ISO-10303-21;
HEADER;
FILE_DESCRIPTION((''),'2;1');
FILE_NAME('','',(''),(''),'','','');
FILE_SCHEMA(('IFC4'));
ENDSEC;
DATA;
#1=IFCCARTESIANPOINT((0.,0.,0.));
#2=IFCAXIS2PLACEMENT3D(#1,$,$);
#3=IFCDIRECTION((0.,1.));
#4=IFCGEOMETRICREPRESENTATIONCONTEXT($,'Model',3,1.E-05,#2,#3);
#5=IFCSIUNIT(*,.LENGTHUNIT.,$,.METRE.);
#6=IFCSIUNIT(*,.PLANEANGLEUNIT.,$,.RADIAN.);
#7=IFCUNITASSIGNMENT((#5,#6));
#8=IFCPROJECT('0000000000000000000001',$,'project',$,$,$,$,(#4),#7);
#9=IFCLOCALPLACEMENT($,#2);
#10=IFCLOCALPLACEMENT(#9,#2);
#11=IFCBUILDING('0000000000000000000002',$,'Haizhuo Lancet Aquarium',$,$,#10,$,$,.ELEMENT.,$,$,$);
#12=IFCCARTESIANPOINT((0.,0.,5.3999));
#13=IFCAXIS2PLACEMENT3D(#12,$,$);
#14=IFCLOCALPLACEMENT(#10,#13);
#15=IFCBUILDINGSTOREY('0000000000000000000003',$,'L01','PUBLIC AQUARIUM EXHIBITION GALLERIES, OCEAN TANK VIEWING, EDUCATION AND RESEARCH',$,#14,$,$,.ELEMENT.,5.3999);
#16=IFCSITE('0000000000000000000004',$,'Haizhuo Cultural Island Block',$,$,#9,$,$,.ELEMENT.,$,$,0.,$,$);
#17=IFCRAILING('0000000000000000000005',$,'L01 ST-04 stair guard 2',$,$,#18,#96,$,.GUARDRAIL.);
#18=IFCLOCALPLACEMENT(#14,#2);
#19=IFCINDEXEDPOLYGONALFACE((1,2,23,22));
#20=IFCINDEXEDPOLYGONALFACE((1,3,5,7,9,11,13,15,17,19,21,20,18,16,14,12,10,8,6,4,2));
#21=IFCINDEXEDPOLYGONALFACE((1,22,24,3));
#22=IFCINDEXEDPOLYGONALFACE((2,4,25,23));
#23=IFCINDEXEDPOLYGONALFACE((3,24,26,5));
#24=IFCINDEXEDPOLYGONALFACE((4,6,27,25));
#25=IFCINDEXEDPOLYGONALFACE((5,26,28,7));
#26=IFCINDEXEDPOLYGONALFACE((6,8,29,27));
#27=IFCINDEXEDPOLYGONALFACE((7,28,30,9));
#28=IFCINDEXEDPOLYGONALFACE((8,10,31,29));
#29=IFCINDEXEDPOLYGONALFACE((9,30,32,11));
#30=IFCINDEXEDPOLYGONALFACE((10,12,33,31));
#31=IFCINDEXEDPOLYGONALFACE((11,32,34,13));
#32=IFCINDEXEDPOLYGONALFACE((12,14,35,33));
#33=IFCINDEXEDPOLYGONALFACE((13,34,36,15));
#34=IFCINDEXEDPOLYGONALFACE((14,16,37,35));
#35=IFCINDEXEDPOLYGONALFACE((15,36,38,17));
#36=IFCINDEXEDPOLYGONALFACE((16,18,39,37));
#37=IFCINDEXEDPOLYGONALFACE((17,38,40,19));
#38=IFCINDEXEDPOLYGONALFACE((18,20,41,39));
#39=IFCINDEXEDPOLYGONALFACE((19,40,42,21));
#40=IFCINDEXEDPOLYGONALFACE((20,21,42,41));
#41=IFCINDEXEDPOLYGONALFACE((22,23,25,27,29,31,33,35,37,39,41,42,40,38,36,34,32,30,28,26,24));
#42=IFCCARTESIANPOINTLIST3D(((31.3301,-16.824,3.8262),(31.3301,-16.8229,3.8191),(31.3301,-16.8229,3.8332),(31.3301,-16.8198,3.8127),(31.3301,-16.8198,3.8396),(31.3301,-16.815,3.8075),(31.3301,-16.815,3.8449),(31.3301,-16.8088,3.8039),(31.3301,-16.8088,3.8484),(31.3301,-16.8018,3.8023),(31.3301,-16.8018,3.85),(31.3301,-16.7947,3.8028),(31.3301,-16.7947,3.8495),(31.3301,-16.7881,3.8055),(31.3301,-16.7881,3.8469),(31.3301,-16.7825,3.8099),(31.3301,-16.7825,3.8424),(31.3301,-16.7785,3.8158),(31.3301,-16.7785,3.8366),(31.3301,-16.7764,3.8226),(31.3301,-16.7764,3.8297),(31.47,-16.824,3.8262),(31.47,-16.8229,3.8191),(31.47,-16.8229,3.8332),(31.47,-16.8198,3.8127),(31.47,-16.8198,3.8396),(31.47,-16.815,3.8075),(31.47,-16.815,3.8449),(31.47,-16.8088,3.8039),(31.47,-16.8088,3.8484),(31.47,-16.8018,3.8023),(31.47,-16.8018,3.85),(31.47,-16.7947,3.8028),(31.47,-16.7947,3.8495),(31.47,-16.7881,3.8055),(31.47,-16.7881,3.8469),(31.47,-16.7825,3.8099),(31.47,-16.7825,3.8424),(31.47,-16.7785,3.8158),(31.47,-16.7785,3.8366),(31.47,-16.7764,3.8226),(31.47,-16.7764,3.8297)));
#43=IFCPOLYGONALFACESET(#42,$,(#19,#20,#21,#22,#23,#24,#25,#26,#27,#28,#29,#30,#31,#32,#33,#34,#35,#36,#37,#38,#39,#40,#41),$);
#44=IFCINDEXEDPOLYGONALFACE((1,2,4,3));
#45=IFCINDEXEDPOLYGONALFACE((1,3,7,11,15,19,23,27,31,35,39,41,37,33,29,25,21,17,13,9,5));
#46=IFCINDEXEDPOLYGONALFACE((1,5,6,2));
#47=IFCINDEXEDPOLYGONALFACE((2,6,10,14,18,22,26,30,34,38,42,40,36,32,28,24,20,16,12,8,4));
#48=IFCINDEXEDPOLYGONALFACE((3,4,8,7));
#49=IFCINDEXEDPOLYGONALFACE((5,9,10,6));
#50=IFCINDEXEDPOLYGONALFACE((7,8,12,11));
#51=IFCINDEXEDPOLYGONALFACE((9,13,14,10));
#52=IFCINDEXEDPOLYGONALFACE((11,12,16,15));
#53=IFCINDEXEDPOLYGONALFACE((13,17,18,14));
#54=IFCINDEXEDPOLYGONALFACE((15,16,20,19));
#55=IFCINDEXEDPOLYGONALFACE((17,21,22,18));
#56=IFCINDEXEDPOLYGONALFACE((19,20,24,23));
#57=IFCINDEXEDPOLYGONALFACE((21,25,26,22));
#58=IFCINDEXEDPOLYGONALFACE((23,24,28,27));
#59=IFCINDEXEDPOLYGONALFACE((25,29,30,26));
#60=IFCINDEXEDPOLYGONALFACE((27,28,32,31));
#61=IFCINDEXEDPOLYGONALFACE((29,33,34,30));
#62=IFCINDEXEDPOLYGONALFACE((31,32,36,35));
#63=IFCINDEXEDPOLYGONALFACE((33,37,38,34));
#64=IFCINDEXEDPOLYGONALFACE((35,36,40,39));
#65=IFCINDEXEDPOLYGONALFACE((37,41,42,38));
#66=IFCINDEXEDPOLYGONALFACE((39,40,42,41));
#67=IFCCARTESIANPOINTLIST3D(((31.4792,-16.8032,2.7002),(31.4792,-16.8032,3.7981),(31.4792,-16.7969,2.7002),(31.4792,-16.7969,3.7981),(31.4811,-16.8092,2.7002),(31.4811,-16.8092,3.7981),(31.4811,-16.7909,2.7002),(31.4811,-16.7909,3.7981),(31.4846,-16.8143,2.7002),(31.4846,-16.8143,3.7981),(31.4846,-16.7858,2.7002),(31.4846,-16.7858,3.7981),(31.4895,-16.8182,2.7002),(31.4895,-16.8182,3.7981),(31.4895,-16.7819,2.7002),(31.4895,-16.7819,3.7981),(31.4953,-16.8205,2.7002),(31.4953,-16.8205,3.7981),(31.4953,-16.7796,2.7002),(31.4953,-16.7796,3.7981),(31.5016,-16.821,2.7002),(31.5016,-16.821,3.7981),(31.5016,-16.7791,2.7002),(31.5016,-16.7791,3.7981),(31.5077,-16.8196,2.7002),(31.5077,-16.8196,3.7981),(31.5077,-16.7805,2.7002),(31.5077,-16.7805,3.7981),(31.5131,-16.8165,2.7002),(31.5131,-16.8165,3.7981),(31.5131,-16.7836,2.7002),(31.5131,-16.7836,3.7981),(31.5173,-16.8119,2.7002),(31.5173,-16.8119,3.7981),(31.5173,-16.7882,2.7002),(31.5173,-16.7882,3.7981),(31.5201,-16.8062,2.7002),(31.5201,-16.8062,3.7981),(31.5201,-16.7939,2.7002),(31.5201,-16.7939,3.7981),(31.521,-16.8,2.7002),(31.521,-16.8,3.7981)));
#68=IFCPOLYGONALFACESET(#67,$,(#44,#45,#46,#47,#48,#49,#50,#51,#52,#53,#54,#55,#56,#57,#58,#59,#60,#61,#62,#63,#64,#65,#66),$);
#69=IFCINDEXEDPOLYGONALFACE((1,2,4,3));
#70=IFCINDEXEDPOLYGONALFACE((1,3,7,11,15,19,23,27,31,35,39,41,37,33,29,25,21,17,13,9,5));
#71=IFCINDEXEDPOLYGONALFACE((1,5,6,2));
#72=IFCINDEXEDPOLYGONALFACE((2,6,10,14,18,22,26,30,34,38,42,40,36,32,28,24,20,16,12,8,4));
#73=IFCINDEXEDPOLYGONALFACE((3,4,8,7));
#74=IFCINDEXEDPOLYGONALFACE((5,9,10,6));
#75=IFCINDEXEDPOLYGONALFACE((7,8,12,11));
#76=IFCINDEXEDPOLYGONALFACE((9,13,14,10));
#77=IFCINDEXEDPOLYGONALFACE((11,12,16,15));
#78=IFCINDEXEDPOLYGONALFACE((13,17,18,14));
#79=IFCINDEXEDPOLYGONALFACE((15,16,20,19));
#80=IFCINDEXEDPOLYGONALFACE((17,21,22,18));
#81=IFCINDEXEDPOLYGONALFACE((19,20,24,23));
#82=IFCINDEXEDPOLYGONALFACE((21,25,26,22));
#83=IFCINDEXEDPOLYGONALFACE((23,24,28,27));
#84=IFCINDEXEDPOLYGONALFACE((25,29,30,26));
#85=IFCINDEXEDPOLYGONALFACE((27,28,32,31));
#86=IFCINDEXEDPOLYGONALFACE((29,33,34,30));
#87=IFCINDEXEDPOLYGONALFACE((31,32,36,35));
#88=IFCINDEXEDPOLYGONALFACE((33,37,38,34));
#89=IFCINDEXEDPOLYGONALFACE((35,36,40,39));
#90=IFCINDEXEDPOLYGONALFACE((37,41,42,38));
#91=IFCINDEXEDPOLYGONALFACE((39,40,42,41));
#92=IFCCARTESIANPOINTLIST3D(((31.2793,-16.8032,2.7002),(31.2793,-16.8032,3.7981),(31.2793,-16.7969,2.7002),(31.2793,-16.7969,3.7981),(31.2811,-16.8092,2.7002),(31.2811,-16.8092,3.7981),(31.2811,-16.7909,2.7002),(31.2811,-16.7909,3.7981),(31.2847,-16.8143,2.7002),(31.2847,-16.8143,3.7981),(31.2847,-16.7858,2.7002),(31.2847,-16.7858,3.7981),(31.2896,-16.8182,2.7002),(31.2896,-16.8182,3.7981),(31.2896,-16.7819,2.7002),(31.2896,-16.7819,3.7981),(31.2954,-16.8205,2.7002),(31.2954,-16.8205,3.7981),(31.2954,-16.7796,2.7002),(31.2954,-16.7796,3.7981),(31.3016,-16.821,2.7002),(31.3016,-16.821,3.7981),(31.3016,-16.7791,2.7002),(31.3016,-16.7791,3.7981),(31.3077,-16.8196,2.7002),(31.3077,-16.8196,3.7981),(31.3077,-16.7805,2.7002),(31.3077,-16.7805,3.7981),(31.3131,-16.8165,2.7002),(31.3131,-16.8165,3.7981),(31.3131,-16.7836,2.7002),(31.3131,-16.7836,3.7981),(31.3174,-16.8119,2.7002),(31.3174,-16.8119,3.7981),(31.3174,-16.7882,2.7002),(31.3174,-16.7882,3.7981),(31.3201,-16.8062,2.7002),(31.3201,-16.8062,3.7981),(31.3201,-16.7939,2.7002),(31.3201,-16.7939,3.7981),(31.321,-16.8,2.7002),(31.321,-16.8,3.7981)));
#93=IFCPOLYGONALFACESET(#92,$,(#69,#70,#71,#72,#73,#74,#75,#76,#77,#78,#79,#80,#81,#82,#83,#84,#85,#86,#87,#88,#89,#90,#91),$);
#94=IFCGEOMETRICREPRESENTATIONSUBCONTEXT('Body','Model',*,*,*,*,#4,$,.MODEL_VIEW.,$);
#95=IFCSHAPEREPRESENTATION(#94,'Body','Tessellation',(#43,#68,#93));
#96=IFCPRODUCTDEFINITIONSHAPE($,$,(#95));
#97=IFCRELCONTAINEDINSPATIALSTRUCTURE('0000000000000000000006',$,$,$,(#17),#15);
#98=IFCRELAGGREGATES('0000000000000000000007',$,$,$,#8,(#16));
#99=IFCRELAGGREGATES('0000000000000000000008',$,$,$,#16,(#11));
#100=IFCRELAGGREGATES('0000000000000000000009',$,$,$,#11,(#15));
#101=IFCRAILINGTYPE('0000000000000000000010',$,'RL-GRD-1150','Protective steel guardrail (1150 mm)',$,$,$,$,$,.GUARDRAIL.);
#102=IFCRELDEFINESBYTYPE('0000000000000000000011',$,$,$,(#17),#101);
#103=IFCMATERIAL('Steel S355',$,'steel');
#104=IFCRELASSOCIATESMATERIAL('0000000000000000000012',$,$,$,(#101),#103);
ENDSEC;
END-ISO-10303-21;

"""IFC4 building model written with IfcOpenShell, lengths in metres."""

from ifc_helpers import new_model, si_unit, direction, frame, origin, origin_2d, place, context, subcontext, project, spatial, circle, extrude, material, type_object, element, save


model = new_model("IFC4")

# Units and contexts
model_context = context("Model", 3, precision=1e-05, world=origin(), true_north=direction((0.0, 1.0)))
body_context = subcontext(model_context, "Body", "Model", "MODEL_VIEW")
ifc_project = project(units=[si_unit("LENGTHUNIT", "METRE"), si_unit("PLANEANGLEUNIT", "RADIAN")], contexts=[model_context])

# Site, building, storey
site_placement = place(None, origin())
site = spatial("IfcSite", under=ifc_project, at=site_placement, Name="Haizhuo Cultural Island Block", CompositionType="ELEMENT", RefElevation=0.0)
building_placement = place(site_placement, origin())
building = spatial("IfcBuilding", under=site, at=building_placement, Name="Haizhuo Lancet Aquarium", CompositionType="ELEMENT")
storey_placement = place(building_placement, frame((0.0, 0.0, 5.3999)))
storey = spatial("IfcBuildingStorey", under=building, at=storey_placement, Name="L01", Description="PUBLIC AQUARIUM EXHIBITION GALLERIES, OCEAN TANK VIEWING, EDUCATION AND RESEARCH", CompositionType="ELEMENT", Elevation=5.3999)

# Shared definitions
ifc_material_1 = material(Name="Steel S355", Category="steel")

# Railing
railing_type_1 = type_object("IfcRailingType", Name="RL-GRD-1150", Description="Protective steel guardrail (1150 mm)", PredefinedType="GUARDRAIL", material=ifc_material_1)
railing_1_placement = place(storey_placement, frame((31.5, -16.8, 2.7002)))
element("IfcRailing", 1, at=railing_1_placement, inside=storey, type_object=railing_type_1, Name="L01 ST-04 stair guard 2", PredefinedType="GUARDRAIL", context=body_context, shape_type="SweptSolid", body=[
    extrude(circle(Radius=0.0239, at=origin_2d()), frame((-0.03, 0.0, 1.126), z_axis=(-1.0, 0.0, 0.0), x_axis=(0.0, -1.0, 0.0)), (0.0, 0.0, 1.0), 0.1399),
    extrude(circle(Radius=0.021, at=origin_2d()), origin(), (0.0, 0.0, 1.0), 1.0979),
    extrude(circle(Radius=0.021, at=origin_2d()), frame((-0.2, 0.0, 0.0)), (0.0, 0.0, 1.0), 1.0979),
])

save(model, "model.ifc")
